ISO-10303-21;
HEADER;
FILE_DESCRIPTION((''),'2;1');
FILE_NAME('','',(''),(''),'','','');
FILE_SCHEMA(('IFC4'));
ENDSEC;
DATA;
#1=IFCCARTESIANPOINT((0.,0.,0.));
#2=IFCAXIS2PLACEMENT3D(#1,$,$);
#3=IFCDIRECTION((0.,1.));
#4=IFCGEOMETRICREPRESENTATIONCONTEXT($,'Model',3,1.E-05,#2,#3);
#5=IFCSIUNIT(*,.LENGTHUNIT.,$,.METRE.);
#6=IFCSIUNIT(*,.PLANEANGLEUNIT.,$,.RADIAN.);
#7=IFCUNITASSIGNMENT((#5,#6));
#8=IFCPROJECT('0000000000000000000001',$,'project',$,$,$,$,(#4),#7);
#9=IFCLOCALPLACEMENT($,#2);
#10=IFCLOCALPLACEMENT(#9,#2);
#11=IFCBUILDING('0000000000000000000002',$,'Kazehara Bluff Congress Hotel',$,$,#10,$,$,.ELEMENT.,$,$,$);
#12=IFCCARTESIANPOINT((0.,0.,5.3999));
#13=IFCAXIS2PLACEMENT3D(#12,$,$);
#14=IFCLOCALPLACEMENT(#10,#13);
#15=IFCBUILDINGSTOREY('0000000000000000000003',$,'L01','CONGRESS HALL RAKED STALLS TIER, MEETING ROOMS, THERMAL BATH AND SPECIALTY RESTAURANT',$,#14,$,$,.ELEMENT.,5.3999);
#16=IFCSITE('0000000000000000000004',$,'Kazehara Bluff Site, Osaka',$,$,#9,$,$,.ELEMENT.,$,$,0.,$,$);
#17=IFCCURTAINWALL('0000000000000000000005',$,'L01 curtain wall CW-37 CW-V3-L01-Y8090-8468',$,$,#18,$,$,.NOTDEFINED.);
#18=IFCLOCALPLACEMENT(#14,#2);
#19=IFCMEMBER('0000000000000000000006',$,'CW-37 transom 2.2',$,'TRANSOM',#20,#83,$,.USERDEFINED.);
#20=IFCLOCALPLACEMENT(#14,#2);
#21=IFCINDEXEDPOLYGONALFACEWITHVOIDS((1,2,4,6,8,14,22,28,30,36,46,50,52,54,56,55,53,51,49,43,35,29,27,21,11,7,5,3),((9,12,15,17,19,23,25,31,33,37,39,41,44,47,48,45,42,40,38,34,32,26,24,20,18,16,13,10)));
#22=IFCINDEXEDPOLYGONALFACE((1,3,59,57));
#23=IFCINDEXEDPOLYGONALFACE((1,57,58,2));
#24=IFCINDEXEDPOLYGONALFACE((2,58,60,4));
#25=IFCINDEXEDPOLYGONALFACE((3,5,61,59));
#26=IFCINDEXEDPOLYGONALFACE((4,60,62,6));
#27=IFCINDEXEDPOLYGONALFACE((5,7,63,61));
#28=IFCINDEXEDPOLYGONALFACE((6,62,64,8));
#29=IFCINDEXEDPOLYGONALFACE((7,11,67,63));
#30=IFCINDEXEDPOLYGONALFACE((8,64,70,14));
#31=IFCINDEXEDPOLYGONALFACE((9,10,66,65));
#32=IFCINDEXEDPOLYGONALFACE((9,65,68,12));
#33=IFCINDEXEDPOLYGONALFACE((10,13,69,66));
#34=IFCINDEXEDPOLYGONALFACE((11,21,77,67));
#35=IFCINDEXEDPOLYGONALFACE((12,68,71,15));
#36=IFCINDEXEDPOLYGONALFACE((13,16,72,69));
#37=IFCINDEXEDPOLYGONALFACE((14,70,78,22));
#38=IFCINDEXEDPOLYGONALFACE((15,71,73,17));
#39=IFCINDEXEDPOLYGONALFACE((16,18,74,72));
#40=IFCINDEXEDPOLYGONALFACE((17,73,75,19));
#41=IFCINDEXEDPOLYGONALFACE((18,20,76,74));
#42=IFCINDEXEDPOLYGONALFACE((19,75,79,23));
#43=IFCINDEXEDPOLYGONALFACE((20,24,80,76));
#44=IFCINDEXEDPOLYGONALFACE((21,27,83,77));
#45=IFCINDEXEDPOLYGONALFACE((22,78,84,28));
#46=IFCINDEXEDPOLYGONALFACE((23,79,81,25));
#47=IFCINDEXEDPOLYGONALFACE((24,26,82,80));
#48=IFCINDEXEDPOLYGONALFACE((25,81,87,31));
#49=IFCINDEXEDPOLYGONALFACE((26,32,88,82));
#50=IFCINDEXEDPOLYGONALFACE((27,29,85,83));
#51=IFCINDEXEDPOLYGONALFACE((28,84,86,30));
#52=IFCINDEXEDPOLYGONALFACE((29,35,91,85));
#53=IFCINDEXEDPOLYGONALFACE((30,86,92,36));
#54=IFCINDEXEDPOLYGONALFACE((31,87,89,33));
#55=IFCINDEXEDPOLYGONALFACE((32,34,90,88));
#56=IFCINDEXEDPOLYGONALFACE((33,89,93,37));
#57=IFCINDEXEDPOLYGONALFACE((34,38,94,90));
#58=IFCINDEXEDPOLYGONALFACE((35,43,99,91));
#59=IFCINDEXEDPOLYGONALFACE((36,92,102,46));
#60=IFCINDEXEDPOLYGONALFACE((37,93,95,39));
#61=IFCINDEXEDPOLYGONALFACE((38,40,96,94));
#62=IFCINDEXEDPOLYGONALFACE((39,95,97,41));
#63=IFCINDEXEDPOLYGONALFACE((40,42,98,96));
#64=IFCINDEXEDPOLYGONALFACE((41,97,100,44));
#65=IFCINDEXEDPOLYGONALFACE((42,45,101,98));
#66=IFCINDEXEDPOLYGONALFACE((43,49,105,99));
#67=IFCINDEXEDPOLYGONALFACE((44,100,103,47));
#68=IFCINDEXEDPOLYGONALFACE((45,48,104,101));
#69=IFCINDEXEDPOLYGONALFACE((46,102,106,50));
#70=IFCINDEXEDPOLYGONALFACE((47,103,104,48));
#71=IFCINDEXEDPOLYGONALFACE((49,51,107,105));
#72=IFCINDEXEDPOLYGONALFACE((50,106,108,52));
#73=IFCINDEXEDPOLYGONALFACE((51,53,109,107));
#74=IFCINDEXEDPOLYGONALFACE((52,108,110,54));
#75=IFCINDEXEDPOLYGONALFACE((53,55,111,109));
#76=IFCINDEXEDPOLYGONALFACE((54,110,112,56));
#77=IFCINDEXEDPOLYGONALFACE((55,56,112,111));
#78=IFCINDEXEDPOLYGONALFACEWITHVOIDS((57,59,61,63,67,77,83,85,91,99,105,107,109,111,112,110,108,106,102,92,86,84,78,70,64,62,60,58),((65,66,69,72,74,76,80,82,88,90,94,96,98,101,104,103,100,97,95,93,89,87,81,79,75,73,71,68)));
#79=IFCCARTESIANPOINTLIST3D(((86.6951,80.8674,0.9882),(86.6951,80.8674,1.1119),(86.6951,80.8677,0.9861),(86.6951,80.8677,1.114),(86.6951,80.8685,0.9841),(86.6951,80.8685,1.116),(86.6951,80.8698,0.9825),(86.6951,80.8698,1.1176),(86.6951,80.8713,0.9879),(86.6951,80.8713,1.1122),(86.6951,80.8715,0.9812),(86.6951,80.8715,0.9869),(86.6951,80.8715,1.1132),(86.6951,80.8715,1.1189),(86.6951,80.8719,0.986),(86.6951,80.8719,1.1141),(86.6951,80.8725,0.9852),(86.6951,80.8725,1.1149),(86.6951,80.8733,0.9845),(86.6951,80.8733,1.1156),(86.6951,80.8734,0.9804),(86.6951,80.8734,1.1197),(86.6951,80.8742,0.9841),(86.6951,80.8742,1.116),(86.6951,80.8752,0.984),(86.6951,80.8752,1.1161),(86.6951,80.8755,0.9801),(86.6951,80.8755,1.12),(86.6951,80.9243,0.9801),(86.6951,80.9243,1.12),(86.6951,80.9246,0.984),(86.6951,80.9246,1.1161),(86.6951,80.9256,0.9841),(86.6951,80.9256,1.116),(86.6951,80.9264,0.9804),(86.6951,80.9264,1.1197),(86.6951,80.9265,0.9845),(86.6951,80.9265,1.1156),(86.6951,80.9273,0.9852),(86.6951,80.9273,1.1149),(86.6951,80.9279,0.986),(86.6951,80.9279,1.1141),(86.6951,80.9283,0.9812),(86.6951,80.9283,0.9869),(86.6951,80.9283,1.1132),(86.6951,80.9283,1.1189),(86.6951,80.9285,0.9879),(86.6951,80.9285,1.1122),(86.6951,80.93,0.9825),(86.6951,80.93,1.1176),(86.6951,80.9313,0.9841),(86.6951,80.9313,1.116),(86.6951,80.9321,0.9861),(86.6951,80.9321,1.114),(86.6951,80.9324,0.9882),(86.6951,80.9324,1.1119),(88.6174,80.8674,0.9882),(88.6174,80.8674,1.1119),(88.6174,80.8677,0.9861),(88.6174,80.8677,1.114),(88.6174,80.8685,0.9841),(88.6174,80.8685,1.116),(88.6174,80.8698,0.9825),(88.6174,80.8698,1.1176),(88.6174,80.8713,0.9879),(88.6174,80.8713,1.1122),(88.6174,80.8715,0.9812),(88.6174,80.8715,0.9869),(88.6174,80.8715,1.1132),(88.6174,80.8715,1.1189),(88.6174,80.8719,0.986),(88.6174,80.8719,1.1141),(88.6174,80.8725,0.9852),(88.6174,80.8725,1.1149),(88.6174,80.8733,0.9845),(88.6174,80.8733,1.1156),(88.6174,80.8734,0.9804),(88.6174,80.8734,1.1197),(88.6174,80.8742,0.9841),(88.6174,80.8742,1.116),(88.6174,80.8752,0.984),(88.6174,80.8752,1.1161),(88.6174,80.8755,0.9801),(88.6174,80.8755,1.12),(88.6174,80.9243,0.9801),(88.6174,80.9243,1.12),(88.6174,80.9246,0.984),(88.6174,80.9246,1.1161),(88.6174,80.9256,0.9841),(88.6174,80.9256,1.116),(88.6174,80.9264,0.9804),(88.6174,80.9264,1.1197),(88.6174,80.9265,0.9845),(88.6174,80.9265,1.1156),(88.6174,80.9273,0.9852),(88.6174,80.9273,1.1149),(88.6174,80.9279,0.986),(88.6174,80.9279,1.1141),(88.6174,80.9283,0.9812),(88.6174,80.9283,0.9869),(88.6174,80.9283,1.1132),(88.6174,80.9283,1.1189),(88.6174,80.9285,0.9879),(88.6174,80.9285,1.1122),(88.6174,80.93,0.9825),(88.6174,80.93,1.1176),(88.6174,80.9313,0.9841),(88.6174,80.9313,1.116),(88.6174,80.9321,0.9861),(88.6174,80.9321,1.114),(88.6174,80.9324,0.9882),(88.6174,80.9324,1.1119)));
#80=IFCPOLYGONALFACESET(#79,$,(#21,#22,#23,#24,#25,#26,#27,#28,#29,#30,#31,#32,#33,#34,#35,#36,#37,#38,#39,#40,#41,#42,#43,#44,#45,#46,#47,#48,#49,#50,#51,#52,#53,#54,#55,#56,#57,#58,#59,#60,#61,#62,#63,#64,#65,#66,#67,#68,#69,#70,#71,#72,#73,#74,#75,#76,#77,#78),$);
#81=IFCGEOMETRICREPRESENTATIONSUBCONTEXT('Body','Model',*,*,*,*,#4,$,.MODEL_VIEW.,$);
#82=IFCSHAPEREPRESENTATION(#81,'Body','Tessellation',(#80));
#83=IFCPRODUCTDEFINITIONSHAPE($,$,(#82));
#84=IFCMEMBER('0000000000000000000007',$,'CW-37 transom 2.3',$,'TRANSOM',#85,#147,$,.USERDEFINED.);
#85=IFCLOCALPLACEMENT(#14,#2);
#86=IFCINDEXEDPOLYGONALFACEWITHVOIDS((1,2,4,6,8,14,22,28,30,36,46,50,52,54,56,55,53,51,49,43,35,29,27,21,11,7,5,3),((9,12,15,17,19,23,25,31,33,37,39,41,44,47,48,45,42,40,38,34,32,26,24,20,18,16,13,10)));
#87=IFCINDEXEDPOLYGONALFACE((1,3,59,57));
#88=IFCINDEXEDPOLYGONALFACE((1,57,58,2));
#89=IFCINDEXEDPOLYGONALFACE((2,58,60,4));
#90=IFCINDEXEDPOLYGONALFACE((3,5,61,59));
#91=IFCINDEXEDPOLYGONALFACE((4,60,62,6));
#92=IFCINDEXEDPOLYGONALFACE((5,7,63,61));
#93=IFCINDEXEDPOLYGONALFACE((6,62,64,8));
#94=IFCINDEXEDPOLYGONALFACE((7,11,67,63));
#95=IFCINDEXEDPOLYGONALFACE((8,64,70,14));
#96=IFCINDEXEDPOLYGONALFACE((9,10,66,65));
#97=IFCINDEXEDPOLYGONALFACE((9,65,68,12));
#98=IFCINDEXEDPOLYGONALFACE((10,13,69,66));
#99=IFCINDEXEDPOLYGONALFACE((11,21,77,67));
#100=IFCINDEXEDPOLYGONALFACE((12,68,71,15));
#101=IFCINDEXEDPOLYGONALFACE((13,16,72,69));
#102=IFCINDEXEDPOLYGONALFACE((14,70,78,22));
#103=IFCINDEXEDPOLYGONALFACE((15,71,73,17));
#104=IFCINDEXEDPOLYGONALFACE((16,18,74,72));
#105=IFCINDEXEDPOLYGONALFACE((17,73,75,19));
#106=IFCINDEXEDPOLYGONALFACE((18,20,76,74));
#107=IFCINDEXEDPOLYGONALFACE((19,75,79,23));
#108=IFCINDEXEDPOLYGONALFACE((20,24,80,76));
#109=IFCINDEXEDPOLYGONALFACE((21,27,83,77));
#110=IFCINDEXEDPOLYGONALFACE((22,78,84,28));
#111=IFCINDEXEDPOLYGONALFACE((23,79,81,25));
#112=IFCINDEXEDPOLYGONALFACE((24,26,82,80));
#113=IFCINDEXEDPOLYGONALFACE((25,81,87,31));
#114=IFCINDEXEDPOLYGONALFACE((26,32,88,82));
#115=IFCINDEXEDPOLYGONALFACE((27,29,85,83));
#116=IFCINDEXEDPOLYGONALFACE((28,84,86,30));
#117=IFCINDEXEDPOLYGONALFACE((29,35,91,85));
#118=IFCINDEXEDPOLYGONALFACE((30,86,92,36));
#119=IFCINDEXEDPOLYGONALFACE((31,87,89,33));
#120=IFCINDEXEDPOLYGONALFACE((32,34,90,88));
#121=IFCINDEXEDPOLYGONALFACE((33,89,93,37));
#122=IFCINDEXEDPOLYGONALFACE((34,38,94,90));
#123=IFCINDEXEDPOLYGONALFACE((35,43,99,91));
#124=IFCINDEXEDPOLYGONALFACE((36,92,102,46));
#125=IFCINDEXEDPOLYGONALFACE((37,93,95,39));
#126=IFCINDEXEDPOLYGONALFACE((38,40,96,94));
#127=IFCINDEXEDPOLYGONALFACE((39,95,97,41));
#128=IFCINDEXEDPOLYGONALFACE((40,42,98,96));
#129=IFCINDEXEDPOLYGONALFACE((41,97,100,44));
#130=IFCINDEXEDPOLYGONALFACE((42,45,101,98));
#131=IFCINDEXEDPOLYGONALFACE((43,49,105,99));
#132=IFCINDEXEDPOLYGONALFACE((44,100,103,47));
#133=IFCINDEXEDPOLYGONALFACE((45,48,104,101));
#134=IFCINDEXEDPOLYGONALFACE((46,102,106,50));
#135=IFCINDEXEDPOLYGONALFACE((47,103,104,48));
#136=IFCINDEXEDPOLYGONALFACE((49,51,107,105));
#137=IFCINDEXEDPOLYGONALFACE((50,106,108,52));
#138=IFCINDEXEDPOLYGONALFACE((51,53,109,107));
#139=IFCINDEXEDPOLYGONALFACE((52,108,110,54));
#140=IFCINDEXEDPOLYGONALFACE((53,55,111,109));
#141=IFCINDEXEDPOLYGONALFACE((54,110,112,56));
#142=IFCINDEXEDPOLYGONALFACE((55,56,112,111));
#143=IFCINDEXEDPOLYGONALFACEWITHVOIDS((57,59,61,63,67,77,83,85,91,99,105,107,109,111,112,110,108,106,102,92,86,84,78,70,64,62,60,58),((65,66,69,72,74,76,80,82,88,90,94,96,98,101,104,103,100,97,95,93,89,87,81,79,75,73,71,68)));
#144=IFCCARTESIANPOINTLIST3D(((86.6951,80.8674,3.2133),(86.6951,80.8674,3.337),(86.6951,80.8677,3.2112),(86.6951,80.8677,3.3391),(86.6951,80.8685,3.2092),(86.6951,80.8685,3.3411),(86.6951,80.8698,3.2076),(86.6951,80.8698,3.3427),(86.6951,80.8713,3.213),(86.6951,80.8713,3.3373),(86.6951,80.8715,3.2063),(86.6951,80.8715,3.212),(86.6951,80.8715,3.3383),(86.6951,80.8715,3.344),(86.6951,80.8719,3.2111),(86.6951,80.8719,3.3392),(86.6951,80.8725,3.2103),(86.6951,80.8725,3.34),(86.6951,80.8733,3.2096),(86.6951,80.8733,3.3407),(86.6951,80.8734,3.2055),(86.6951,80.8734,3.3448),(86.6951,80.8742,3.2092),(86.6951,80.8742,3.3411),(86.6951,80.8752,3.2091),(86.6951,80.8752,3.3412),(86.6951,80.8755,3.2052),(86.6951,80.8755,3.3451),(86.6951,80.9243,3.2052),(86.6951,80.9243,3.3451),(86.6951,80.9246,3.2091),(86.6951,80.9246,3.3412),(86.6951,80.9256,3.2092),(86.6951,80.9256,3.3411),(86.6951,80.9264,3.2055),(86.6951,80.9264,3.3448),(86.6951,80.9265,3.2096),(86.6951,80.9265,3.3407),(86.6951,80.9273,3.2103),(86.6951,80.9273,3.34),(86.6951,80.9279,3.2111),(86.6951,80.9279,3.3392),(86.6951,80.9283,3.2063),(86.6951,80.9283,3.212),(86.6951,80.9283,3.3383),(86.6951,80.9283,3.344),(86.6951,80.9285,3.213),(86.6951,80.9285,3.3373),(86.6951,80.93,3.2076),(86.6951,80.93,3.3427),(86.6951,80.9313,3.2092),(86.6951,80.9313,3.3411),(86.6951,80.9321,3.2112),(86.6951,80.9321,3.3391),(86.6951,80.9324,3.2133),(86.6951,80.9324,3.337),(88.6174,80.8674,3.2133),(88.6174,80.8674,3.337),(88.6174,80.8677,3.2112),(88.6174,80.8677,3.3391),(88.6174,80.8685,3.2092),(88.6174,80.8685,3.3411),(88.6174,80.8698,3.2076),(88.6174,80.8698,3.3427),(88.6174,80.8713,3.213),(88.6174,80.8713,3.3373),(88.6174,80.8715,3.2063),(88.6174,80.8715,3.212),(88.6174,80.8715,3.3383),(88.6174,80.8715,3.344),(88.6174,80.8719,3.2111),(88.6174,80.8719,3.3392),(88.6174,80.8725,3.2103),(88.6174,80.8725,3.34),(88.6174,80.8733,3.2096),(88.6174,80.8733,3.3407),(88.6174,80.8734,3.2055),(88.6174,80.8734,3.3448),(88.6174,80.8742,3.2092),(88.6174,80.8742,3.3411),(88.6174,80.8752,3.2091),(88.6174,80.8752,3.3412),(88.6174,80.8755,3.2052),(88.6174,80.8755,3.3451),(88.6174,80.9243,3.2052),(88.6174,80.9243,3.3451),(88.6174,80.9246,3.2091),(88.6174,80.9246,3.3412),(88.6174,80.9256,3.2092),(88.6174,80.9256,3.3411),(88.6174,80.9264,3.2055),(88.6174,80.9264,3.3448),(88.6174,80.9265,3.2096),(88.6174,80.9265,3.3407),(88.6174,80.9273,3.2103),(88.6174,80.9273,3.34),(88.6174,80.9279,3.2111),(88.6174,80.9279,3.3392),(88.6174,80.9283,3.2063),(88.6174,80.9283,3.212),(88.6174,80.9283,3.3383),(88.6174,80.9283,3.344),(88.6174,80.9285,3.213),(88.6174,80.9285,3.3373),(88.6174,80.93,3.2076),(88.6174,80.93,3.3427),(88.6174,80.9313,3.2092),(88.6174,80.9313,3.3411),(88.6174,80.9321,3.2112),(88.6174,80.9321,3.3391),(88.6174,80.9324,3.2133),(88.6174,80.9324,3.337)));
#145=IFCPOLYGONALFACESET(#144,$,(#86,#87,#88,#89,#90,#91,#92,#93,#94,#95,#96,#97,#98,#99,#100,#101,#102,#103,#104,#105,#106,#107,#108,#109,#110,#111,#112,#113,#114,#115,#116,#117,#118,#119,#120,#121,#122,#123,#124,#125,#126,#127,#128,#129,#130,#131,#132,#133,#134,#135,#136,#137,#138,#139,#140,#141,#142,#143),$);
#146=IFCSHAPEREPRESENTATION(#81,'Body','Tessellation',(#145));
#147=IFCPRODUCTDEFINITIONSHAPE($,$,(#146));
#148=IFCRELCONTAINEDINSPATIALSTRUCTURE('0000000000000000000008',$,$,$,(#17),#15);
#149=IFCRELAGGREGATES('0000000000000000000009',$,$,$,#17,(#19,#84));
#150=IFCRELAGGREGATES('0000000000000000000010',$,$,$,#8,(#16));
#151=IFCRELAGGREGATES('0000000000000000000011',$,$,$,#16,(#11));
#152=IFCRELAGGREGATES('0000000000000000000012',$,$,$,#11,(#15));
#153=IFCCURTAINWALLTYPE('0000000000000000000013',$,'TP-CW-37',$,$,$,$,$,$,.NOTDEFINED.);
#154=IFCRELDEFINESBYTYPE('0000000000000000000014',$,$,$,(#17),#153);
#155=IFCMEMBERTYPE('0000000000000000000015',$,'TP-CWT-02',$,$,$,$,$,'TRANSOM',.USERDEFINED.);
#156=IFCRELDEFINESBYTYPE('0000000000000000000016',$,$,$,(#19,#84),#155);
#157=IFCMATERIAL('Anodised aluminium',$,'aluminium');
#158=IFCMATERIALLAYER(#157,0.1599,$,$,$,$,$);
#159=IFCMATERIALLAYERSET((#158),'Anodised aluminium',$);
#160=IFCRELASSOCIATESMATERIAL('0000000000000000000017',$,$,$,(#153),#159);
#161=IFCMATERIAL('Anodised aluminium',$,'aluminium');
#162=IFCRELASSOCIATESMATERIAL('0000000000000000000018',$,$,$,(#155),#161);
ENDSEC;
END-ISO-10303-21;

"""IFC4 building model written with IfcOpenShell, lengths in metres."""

from ifc_helpers import new_model, si_unit, direction, frame, origin, origin_2d, place, context, subcontext, project, spatial, hollow_rectangle, extrude, material, layer, layer_set, material_profile, profile_set, type_object, element, aggregate, save


model = new_model("IFC4")

# Units and contexts
model_context = context("Model", 3, precision=1e-05, world=origin(), true_north=direction((0.0, 1.0)))
body_context = subcontext(model_context, "Body", "Model", "MODEL_VIEW")
ifc_project = project(units=[si_unit("LENGTHUNIT", "METRE"), si_unit("PLANEANGLEUNIT", "RADIAN")], contexts=[model_context])

# Site, building, storey
site_placement = place(None, origin())
site = spatial("IfcSite", under=ifc_project, at=site_placement, Name="Kazehara Bluff Site, Osaka", CompositionType="ELEMENT", RefElevation=0.0)
building_placement = place(site_placement, origin())
building = spatial("IfcBuilding", under=site, at=building_placement, Name="Kazehara Bluff Congress Hotel", CompositionType="ELEMENT")
storey_placement = place(building_placement, frame((0.0, 0.0, 5.3999)))
storey = spatial("IfcBuildingStorey", under=building, at=storey_placement, Name="L01", Description="CONGRESS HALL RAKED STALLS TIER, MEETING ROOMS, THERMAL BATH AND SPECIALTY RESTAURANT", CompositionType="ELEMENT", Elevation=5.3999)

# Curtain wall
ifc_material_1 = material(Name="Anodised aluminium", Category="aluminium")
ifc_layer_1 = layer(ifc_material_1, 0.1599)
ifc_layer_set_1 = layer_set([ifc_layer_1], Name="Anodised aluminium")
curtain_wall_type_1 = type_object("IfcCurtainWallType", Name="TP-CW-37", PredefinedType="NOTDEFINED", material=ifc_layer_set_1)
curtain_wall_1_placement = place(storey_placement, origin())
curtain_wall_1 = element("IfcCurtainWall", 1, at=curtain_wall_1_placement, inside=storey, type_object=curtain_wall_type_1, Name="L01 curtain wall CW-37 CW-V3-L01-Y8090-8468", PredefinedType="NOTDEFINED")

# Members
ifc_material_2 = material(Name="Anodised aluminium", Category="aluminium")
ifc_material_profile_1 = material_profile(ifc_material_2, hollow_rectangle(XDim=0.0649, YDim=0.1399, WallThickness=0.0039, InnerFilletRadius=0.0039, OuterFilletRadius=0.0081, at=origin_2d()))
ifc_profile_set_1 = profile_set([ifc_material_profile_1], Name="Anodised aluminium")
member_type_1 = type_object("IfcMemberType", Name="TP-CWT-02", ElementType="TRANSOM", PredefinedType="USERDEFINED", material=ifc_profile_set_1)
member_1_placement = place(storey_placement, frame((86.6951, 80.8999, 1.05), z_axis=(1.0, 0.0, 0.0), x_axis=(0.0, 1.0, 0.0)))
member_1 = element("IfcMember", 2, at=member_1_placement, type_object=member_type_1, Name="CW-37 transom 2.2", ObjectType="TRANSOM", PredefinedType="USERDEFINED", context=body_context, shape_type="SweptSolid", body=[
    extrude(hollow_rectangle(XDim=0.0649, YDim=0.1399, WallThickness=0.0039, InnerFilletRadius=0.0039, OuterFilletRadius=0.0081, at=origin_2d()), origin(), (0.0, 0.0, 1.0), 1.9224),
])
member_2_placement = place(storey_placement, frame((86.6951, 80.8999, 3.2751), z_axis=(1.0, 0.0, 0.0), x_axis=(0.0, 1.0, 0.0)))
member_2 = element("IfcMember", 3, at=member_2_placement, type_object=member_type_1, Name="CW-37 transom 2.3", ObjectType="TRANSOM", PredefinedType="USERDEFINED", context=body_context, shape_type="SweptSolid", body=[
    extrude(hollow_rectangle(XDim=0.0649, YDim=0.1399, WallThickness=0.0039, InnerFilletRadius=0.0039, OuterFilletRadius=0.0081, at=origin_2d()), origin(), (0.0, 0.0, 1.0), 1.9224),
])

aggregate(curtain_wall_1, [member_1, member_2])

save(model, "model.ifc")
